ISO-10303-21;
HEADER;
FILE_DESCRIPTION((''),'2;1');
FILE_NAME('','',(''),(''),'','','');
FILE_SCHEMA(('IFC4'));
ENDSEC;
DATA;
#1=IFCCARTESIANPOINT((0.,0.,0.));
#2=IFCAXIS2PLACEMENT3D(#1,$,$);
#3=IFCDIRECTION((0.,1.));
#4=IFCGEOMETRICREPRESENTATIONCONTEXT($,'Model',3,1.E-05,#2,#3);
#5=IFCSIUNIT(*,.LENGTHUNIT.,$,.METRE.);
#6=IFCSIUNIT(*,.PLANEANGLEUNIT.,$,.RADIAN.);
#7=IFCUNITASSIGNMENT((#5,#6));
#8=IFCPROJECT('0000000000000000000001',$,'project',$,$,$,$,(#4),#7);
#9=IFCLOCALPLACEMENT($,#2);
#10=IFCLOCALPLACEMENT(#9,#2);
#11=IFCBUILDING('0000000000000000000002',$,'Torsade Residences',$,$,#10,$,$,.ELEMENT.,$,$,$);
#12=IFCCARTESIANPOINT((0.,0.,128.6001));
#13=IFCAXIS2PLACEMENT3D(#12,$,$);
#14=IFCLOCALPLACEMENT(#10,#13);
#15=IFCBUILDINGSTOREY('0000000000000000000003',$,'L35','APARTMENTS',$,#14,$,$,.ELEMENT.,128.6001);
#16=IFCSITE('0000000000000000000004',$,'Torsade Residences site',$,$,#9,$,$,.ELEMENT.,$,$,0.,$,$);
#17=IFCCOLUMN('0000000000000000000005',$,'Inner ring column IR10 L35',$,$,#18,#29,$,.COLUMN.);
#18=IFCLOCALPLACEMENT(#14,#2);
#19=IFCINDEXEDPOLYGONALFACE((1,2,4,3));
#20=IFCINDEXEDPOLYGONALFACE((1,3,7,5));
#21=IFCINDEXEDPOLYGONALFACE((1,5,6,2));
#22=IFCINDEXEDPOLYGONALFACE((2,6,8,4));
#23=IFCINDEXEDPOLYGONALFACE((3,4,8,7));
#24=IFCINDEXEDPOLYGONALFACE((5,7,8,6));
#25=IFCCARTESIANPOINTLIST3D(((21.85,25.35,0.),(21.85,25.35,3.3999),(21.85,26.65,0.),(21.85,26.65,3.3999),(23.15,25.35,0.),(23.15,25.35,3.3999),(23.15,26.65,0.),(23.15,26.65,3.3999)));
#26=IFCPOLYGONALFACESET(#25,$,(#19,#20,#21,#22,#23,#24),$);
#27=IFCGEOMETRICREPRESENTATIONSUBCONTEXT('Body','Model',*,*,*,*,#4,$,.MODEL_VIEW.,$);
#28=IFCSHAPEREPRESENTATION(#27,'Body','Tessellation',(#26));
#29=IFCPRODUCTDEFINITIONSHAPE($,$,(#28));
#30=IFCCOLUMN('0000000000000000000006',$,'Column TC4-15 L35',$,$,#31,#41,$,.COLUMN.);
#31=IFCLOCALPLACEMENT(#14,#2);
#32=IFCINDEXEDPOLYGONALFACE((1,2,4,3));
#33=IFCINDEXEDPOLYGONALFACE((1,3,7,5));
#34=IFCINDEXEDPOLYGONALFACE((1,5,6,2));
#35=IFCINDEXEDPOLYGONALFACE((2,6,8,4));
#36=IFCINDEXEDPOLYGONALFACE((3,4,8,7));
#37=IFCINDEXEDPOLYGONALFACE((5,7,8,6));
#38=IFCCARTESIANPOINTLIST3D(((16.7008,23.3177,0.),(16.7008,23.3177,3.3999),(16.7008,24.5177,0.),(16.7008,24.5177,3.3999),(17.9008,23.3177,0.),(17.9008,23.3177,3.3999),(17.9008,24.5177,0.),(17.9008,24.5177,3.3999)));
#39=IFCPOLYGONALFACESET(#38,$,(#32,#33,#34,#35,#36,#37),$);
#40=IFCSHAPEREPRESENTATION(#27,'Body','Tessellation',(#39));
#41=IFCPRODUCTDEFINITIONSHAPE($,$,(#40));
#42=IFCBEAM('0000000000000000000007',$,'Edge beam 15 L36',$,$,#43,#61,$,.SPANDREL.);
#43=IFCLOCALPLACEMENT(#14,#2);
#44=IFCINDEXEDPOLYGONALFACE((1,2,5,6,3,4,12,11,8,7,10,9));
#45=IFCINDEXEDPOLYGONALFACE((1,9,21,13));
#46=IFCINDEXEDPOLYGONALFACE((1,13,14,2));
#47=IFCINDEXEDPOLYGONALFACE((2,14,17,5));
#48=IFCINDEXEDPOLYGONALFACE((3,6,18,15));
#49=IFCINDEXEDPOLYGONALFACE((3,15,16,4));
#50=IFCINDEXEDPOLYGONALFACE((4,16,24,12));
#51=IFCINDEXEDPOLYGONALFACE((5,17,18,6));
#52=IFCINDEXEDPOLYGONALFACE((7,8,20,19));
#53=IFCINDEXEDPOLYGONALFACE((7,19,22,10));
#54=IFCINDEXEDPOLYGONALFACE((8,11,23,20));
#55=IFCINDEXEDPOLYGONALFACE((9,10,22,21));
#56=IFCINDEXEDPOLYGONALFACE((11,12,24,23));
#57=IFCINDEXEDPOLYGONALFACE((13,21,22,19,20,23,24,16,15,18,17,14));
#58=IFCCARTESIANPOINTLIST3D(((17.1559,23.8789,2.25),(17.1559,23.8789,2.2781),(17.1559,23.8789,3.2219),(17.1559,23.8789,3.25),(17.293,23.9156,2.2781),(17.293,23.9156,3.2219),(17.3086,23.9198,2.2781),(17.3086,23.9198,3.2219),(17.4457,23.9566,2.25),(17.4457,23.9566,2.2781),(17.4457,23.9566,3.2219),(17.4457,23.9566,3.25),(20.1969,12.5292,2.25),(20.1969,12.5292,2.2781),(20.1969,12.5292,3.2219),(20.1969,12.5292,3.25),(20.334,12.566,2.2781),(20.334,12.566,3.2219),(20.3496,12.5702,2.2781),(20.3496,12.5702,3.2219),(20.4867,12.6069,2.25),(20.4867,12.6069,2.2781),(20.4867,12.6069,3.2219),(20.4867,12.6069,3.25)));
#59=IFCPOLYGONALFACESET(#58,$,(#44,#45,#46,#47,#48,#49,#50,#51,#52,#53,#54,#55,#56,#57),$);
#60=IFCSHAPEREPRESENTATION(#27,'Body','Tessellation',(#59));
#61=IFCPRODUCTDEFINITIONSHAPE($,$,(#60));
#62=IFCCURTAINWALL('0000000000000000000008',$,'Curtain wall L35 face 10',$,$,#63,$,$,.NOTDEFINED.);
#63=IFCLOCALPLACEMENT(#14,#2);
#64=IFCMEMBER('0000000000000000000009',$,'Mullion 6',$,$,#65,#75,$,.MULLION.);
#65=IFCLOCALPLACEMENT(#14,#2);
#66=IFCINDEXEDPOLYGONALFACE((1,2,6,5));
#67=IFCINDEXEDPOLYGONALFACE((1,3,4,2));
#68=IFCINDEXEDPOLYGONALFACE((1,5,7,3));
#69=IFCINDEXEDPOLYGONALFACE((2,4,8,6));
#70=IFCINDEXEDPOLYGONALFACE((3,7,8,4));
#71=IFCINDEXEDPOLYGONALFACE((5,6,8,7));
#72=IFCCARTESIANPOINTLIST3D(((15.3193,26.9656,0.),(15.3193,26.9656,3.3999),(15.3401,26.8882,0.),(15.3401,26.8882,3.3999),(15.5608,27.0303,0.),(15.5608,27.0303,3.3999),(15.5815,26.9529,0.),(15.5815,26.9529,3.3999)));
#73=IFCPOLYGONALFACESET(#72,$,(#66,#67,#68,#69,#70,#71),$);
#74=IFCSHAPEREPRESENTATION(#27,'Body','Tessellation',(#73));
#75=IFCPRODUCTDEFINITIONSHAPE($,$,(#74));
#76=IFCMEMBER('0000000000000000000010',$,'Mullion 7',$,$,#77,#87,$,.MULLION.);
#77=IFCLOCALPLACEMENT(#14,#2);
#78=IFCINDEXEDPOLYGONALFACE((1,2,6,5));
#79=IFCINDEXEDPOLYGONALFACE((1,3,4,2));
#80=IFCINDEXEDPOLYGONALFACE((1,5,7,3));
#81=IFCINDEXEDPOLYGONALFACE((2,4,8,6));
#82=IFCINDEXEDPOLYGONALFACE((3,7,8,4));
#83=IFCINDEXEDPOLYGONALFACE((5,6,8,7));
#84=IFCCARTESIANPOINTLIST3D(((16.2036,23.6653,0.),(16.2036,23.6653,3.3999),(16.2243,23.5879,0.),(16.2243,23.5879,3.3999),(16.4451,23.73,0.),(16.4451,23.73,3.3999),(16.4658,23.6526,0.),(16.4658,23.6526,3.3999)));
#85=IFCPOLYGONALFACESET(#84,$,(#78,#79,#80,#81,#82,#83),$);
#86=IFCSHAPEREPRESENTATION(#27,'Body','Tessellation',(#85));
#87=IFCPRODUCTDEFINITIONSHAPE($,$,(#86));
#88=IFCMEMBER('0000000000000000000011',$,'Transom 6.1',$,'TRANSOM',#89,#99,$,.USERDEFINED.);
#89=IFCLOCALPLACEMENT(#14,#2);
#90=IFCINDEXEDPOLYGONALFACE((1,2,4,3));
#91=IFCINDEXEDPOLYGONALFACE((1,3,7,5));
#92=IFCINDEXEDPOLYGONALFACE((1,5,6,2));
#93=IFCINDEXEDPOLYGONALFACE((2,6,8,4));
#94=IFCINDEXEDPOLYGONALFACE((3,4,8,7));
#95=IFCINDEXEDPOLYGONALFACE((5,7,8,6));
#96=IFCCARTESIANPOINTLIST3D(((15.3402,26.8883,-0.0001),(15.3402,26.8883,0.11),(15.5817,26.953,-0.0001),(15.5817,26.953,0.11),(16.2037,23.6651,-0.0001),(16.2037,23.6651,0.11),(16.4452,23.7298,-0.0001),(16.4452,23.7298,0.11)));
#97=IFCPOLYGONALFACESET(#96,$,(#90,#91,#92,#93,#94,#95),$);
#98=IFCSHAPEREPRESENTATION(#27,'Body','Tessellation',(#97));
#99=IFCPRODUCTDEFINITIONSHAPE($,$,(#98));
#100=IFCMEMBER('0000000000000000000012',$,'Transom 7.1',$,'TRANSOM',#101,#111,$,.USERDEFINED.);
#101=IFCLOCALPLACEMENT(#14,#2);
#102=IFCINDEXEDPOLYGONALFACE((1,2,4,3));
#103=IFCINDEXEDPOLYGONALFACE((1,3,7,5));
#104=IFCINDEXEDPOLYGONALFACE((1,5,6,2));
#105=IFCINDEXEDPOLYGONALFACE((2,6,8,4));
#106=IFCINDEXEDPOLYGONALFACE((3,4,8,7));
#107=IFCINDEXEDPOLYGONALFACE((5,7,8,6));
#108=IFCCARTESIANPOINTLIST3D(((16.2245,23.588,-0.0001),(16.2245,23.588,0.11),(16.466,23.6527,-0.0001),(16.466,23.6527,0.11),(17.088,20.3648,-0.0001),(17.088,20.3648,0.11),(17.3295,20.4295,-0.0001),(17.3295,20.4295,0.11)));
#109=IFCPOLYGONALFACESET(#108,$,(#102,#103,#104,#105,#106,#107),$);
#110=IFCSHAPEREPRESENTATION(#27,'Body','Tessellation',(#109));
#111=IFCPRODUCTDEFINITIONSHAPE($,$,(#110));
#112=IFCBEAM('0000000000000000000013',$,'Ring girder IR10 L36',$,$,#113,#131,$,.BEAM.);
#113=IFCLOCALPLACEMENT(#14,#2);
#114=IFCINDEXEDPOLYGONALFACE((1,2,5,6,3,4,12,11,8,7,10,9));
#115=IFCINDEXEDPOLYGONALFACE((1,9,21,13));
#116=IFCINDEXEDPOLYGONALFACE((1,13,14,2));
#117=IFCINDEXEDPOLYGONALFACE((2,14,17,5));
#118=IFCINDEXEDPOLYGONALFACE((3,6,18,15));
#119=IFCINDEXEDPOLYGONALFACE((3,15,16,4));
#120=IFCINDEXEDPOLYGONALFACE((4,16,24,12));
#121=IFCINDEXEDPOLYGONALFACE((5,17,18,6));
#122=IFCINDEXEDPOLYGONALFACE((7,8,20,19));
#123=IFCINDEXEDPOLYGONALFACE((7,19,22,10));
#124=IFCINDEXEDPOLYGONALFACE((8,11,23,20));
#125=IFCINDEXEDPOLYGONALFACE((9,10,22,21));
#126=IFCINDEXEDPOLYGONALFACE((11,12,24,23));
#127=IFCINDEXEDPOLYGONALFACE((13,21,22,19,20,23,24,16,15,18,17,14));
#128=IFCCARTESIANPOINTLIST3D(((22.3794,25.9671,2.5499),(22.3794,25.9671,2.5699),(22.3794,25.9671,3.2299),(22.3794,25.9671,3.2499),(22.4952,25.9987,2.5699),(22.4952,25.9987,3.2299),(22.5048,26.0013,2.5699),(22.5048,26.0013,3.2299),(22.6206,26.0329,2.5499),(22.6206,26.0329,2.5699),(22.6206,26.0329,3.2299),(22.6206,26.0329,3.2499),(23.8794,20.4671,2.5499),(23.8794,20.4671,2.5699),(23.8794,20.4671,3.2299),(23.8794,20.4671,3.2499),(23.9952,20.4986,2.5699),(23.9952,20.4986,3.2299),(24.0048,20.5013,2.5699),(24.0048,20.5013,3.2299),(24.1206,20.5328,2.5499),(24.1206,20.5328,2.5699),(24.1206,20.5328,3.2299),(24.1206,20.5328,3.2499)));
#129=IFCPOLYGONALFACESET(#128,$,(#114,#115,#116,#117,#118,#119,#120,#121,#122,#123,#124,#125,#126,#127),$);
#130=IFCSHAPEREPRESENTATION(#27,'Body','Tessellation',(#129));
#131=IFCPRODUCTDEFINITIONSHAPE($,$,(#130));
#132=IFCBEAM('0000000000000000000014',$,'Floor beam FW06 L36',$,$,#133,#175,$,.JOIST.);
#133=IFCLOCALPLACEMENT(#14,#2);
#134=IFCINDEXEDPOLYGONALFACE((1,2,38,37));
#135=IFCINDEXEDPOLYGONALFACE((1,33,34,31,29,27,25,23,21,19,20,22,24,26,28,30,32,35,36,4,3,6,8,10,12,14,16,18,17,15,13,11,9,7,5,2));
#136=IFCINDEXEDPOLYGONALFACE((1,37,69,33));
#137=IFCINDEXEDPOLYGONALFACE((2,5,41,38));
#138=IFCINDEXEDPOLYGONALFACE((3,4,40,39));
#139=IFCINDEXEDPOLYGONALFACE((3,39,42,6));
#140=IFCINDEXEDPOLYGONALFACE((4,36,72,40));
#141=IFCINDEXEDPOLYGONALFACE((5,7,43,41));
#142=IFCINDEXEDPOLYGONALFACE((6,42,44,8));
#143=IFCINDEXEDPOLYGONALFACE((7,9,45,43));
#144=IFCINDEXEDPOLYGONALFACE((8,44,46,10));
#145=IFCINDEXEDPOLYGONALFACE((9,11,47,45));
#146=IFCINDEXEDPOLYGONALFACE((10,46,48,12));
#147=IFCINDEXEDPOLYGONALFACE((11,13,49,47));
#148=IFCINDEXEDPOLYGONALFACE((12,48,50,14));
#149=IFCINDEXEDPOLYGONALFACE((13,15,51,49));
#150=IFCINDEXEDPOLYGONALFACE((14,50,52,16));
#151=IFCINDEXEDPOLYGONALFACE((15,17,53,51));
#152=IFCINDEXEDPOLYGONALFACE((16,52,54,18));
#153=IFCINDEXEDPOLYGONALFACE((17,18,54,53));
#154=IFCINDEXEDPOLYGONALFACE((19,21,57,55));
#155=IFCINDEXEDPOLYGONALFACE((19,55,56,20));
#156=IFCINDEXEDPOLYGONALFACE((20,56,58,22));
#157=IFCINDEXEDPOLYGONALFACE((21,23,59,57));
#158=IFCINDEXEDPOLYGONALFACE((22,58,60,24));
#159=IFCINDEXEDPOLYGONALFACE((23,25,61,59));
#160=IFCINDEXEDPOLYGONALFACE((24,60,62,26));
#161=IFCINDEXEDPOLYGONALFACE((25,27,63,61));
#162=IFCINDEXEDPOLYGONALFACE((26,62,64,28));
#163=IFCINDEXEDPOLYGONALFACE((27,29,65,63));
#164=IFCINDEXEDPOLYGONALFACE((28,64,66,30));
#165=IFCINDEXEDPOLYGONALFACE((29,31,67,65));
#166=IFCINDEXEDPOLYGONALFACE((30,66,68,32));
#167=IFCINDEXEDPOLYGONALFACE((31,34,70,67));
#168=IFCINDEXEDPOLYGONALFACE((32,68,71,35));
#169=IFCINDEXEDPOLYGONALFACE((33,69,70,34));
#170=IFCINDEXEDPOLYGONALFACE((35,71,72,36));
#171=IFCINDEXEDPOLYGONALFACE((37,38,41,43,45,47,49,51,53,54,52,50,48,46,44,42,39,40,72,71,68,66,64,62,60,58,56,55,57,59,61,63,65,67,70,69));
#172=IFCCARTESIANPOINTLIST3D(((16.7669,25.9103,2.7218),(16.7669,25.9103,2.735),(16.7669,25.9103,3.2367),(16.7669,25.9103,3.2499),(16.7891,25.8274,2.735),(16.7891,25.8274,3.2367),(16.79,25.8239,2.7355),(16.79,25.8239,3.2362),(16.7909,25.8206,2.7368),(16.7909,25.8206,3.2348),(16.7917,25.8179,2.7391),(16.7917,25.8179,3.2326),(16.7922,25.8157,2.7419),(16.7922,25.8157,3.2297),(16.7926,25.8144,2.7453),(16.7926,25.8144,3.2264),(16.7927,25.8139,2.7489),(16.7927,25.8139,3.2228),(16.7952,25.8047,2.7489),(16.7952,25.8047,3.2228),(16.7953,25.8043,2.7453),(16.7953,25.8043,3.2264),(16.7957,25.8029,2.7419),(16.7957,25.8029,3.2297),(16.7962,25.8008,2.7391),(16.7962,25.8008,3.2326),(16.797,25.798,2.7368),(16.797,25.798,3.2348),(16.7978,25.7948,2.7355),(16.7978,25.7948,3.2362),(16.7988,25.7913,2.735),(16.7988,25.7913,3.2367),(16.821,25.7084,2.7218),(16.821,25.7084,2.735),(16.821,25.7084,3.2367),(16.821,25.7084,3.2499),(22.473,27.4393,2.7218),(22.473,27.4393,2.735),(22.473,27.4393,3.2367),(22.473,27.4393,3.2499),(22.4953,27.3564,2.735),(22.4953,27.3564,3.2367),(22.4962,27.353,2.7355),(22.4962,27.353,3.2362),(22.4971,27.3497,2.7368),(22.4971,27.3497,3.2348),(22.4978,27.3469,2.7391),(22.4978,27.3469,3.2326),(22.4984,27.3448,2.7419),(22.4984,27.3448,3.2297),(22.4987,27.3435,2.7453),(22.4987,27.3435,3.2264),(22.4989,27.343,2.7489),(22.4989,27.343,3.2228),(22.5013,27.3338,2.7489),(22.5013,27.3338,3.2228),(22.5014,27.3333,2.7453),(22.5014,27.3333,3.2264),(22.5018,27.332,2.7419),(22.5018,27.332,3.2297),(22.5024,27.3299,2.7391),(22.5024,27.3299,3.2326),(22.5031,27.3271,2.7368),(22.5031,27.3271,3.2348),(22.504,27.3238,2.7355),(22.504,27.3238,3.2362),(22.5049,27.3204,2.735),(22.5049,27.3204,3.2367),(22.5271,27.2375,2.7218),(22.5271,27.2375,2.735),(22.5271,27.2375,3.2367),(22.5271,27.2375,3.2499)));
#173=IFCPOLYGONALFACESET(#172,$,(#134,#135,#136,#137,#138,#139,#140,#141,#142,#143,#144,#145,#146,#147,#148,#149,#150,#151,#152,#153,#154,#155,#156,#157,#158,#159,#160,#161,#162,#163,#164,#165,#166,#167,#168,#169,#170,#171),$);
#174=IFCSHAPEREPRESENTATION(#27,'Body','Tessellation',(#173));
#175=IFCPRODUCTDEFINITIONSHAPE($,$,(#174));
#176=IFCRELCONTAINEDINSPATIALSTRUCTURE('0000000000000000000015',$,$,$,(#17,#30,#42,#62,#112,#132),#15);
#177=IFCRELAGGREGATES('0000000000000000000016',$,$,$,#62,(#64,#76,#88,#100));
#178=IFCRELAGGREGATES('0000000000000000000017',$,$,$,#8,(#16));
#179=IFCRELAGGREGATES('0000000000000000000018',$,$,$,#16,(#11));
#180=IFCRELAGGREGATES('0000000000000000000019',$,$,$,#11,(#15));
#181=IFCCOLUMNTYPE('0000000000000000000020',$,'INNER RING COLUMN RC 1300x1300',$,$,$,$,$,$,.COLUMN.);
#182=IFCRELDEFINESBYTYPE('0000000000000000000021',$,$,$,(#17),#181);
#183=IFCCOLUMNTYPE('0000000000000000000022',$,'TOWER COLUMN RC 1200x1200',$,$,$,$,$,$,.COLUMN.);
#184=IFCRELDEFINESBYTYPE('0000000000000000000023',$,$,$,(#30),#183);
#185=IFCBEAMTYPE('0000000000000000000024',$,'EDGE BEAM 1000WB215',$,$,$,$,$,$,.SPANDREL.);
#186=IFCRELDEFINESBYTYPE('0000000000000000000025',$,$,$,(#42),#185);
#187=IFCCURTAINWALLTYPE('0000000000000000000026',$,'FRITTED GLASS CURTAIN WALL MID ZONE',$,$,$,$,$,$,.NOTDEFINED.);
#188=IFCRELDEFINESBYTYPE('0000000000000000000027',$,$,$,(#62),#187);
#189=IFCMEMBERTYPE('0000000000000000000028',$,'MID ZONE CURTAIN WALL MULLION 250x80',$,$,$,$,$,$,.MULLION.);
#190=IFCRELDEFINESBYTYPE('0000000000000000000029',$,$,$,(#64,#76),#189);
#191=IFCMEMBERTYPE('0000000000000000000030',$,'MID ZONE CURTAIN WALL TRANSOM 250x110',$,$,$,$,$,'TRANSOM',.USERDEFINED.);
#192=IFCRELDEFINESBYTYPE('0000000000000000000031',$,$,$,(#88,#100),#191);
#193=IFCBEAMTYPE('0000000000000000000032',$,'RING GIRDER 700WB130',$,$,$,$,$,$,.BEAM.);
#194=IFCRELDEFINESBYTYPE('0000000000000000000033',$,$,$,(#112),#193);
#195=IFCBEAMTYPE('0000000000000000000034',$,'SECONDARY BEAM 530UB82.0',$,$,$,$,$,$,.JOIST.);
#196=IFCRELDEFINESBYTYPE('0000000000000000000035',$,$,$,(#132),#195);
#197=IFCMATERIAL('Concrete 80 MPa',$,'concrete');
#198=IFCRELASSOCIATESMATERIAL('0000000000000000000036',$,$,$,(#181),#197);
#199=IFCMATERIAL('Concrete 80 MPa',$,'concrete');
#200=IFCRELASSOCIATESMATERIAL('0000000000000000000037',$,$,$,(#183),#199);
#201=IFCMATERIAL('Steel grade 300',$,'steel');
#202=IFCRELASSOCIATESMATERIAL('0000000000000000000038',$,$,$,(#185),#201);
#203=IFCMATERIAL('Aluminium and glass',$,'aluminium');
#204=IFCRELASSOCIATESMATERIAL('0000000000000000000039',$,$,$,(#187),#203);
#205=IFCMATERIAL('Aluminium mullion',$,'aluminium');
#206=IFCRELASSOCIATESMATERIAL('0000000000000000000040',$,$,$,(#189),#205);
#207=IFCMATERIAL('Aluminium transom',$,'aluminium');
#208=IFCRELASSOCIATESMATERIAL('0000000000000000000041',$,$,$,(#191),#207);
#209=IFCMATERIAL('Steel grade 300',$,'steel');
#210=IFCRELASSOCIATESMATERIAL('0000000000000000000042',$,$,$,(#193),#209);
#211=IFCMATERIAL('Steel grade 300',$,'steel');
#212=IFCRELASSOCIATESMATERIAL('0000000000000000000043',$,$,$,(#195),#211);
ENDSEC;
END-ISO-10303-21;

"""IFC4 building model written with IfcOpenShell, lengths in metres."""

from ifc_helpers import new_model, si_unit, direction, frame, origin, origin_2d, place, context, subcontext, project, spatial, rectangle, i_section, extrude, material, material_profile, profile_set, type_object, element, aggregate, save


model = new_model("IFC4")

# Units and contexts
model_context = context("Model", 3, precision=1e-05, world=origin(), true_north=direction((0.0, 1.0)))
body_context = subcontext(model_context, "Body", "Model", "MODEL_VIEW")
ifc_project = project(units=[si_unit("LENGTHUNIT", "METRE"), si_unit("PLANEANGLEUNIT", "RADIAN")], contexts=[model_context])

# Site, building, storey
site_placement = place(None, origin())
site = spatial("IfcSite", under=ifc_project, at=site_placement, Name="Torsade Residences site", CompositionType="ELEMENT", RefElevation=0.0)
building_placement = place(site_placement, origin())
building = spatial("IfcBuilding", under=site, at=building_placement, Name="Torsade Residences", CompositionType="ELEMENT")
storey_placement = place(building_placement, frame((0.0, 0.0, 128.6001)))
storey = spatial("IfcBuildingStorey", under=building, at=storey_placement, Name="L35", Description="APARTMENTS", CompositionType="ELEMENT", Elevation=128.6001)

# Columns
ifc_material_1 = material(Name="Concrete 80 MPa", Category="concrete")
ifc_material_profile_1 = material_profile(ifc_material_1, rectangle(XDim=1.3, YDim=1.3, at=origin_2d()), Name="RC 1300x1300")
ifc_profile_set_1 = profile_set([ifc_material_profile_1], Name="Concrete 80 MPa")
column_type_1 = type_object("IfcColumnType", Name="INNER RING COLUMN RC 1300x1300", PredefinedType="COLUMN", material=ifc_profile_set_1)
column_1_placement = place(storey_placement, frame((22.5, 26.0, 0.0), z_axis=(0.0, 0.0, 1.0), x_axis=(1.0, 0.0, 0.0)))
element("IfcColumn", 1, at=column_1_placement, inside=storey, type_object=column_type_1, Name="Inner ring column IR10 L35", PredefinedType="COLUMN", context=body_context, shape_type="SweptSolid", body=[
    extrude(rectangle(XDim=1.3, YDim=1.3, at=origin_2d()), origin(), (0.0, 0.0, 1.0), 3.3999),
])
ifc_material_2 = material(Name="Concrete 80 MPa", Category="concrete")
ifc_material_profile_2 = material_profile(ifc_material_2, rectangle(XDim=1.2, YDim=1.2, at=origin_2d()), Name="RC 1200x1200")
ifc_profile_set_2 = profile_set([ifc_material_profile_2], Name="Concrete 80 MPa")
column_type_2 = type_object("IfcColumnType", Name="TOWER COLUMN RC 1200x1200", PredefinedType="COLUMN", material=ifc_profile_set_2)
column_2_placement = place(storey_placement, frame((17.3008, 23.9177, 0.0), z_axis=(0.0, 0.0, 1.0), x_axis=(1.0, 0.0, 0.0)))
element("IfcColumn", 2, at=column_2_placement, inside=storey, type_object=column_type_2, Name="Column TC4-15 L35", PredefinedType="COLUMN", context=body_context, shape_type="SweptSolid", body=[
    extrude(rectangle(XDim=1.2, YDim=1.2, at=origin_2d()), origin(), (0.0, 0.0, 1.0), 3.3999),
])

# Beam
ifc_material_3 = material(Name="Steel grade 300", Category="steel")
ifc_material_profile_3 = material_profile(ifc_material_3, i_section(OverallWidth=0.3, OverallDepth=1.0, WebThickness=0.0161, FlangeThickness=0.0281, at=origin_2d()), Name="1000WB215")
ifc_profile_set_3 = profile_set([ifc_material_profile_3], Name="Steel grade 300")
beam_type_1 = type_object("IfcBeamType", Name="EDGE BEAM 1000WB215", PredefinedType="SPANDREL", material=ifc_profile_set_3)
beam_1_placement = place(storey_placement, frame((17.3008, 23.9177, 2.75), z_axis=(0.258811, -0.965928, 0.0), x_axis=(0.965928, 0.258811, 0.0)))
element("IfcBeam", 3, at=beam_1_placement, inside=storey, type_object=beam_type_1, Name="Edge beam 15 L36", PredefinedType="SPANDREL", context=body_context, shape_type="SweptSolid", body=[
    extrude(i_section(OverallWidth=0.3, OverallDepth=1.0, WebThickness=0.0161, FlangeThickness=0.0281, at=origin_2d()), origin(), (0.0, 0.0, 1.0), 11.75),
])

# Curtain wall, members
ifc_material_4 = material(Name="Aluminium and glass", Category="aluminium")
curtain_wall_type = type_object("IfcCurtainWallType", Name="FRITTED GLASS CURTAIN WALL MID ZONE", PredefinedType="NOTDEFINED", material=ifc_material_4)
curtain_wall_placement = place(storey_placement, origin())
curtain_wall = element("IfcCurtainWall", 4, at=curtain_wall_placement, inside=storey, type_object=curtain_wall_type, Name="Curtain wall L35 face 10", PredefinedType="NOTDEFINED")
ifc_material_5 = material(Name="Aluminium mullion", Category="aluminium")
ifc_material_profile_4 = material_profile(ifc_material_5, rectangle(XDim=0.25, YDim=0.0801, at=origin_2d()), Name="MID ZONE CURTAIN WALL MULLION 250x80")
ifc_profile_set_4 = profile_set([ifc_material_profile_4], Name="Aluminium mullion")
member_type_1 = type_object("IfcMemberType", Name="MID ZONE CURTAIN WALL MULLION 250x80", PredefinedType="MULLION", material=ifc_profile_set_4)
member_1_placement = place(storey_placement, frame((15.4504, 26.9592, 0.0), z_axis=(0.0, 0.0, 1.0), x_axis=(0.965926, 0.258819, 0.0)))
member_1 = element("IfcMember", 5, at=member_1_placement, type_object=member_type_1, Name="Mullion 6", PredefinedType="MULLION", context=body_context, shape_type="SweptSolid", body=[
    extrude(rectangle(XDim=0.25, YDim=0.0801, at=origin_2d()), origin(), (0.0, 0.0, 1.0), 3.3999),
])
member_2_placement = place(storey_placement, frame((16.3347, 23.6589, 0.0), z_axis=(0.0, 0.0, 1.0), x_axis=(0.965926, 0.258819, 0.0)))
member_2 = element("IfcMember", 6, at=member_2_placement, type_object=member_type_1, Name="Mullion 7", PredefinedType="MULLION", context=body_context, shape_type="SweptSolid", body=[
    extrude(rectangle(XDim=0.25, YDim=0.0801, at=origin_2d()), origin(), (0.0, 0.0, 1.0), 3.3999),
])
ifc_material_6 = material(Name="Aluminium transom", Category="aluminium")
ifc_material_profile_5 = material_profile(ifc_material_6, rectangle(XDim=0.25, YDim=0.1101, at=origin_2d()), Name="MID ZONE CURTAIN WALL TRANSOM 250x110")
ifc_profile_set_5 = profile_set([ifc_material_profile_5], Name="Aluminium transom")
member_type_2 = type_object("IfcMemberType", Name="MID ZONE CURTAIN WALL TRANSOM 250x110", ElementType="TRANSOM", PredefinedType="USERDEFINED", material=ifc_profile_set_5)
member_3_placement = place(storey_placement, frame((15.4609, 26.9207, 0.0549), z_axis=(0.258787, -0.965934, 0.0), x_axis=(0.965934, 0.258787, 0.0)))
member_3 = element("IfcMember", 7, at=member_3_placement, type_object=member_type_2, Name="Transom 6.1", ObjectType="TRANSOM", PredefinedType="USERDEFINED", context=body_context, shape_type="SweptSolid", body=[
    extrude(rectangle(XDim=0.25, YDim=0.1101, at=origin_2d()), origin(), (0.0, 0.0, 1.0), 3.3369),
])
member_4_placement = place(storey_placement, frame((16.3452, 23.6204, 0.0549), z_axis=(0.258787, -0.965934, 0.0), x_axis=(0.965934, 0.258787, 0.0)))
member_4 = element("IfcMember", 8, at=member_4_placement, type_object=member_type_2, Name="Transom 7.1", ObjectType="TRANSOM", PredefinedType="USERDEFINED", context=body_context, shape_type="SweptSolid", body=[
    extrude(rectangle(XDim=0.25, YDim=0.1101, at=origin_2d()), origin(), (0.0, 0.0, 1.0), 3.3369),
])

# Beams
ifc_material_7 = material(Name="Steel grade 300", Category="steel")
ifc_material_profile_6 = material_profile(ifc_material_7, i_section(OverallWidth=0.25, OverallDepth=0.7, WebThickness=0.01, FlangeThickness=0.02, at=origin_2d()), Name="700WB130")
ifc_profile_set_6 = profile_set([ifc_material_profile_6], Name="Steel grade 300")
beam_type_2 = type_object("IfcBeamType", Name="RING GIRDER 700WB130", PredefinedType="BEAM", material=ifc_profile_set_6)
beam_2_placement = place(storey_placement, frame((22.5, 26.0, 2.8999), z_axis=(0.263117, -0.964764, 0.0), x_axis=(0.964764, 0.263117, 0.0)))
element("IfcBeam", 9, at=beam_2_placement, inside=storey, type_object=beam_type_2, Name="Ring girder IR10 L36", PredefinedType="BEAM", context=body_context, shape_type="SweptSolid", body=[
    extrude(i_section(OverallWidth=0.25, OverallDepth=0.7, WebThickness=0.01, FlangeThickness=0.02, at=origin_2d()), origin(), (0.0, 0.0, 1.0), 5.7009),
])
ifc_material_8 = material(Name="Steel grade 300", Category="steel")
ifc_material_profile_7 = material_profile(ifc_material_8, i_section(OverallWidth=0.209, OverallDepth=0.5281, WebThickness=0.0095, FlangeThickness=0.0132, FilletRadius=0.0139, at=origin_2d()), Name="530UB82.0")
ifc_profile_set_7 = profile_set([ifc_material_profile_7], Name="Steel grade 300")
beam_type_3 = type_object("IfcBeamType", Name="SECONDARY BEAM 530UB82.0", PredefinedType="JOIST", material=ifc_profile_set_7)
beam_3_placement = place(storey_placement, frame((16.7939, 25.8093, 2.9858), z_axis=(0.965921, 0.258838, 0.0), x_axis=(-0.258838, 0.965921, 0.0)))
element("IfcBeam", 10, at=beam_3_placement, inside=storey, type_object=beam_type_3, Name="Floor beam FW06 L36", PredefinedType="JOIST", context=body_context, shape_type="SweptSolid", body=[
    extrude(i_section(OverallWidth=0.209, OverallDepth=0.5281, WebThickness=0.0095, FlangeThickness=0.0132, FilletRadius=0.0139, at=origin_2d()), origin(), (0.0, 0.0, 1.0), 5.9075),
])

aggregate(curtain_wall, [member_1, member_2, member_3, member_4])

save(model, "model.ifc")
